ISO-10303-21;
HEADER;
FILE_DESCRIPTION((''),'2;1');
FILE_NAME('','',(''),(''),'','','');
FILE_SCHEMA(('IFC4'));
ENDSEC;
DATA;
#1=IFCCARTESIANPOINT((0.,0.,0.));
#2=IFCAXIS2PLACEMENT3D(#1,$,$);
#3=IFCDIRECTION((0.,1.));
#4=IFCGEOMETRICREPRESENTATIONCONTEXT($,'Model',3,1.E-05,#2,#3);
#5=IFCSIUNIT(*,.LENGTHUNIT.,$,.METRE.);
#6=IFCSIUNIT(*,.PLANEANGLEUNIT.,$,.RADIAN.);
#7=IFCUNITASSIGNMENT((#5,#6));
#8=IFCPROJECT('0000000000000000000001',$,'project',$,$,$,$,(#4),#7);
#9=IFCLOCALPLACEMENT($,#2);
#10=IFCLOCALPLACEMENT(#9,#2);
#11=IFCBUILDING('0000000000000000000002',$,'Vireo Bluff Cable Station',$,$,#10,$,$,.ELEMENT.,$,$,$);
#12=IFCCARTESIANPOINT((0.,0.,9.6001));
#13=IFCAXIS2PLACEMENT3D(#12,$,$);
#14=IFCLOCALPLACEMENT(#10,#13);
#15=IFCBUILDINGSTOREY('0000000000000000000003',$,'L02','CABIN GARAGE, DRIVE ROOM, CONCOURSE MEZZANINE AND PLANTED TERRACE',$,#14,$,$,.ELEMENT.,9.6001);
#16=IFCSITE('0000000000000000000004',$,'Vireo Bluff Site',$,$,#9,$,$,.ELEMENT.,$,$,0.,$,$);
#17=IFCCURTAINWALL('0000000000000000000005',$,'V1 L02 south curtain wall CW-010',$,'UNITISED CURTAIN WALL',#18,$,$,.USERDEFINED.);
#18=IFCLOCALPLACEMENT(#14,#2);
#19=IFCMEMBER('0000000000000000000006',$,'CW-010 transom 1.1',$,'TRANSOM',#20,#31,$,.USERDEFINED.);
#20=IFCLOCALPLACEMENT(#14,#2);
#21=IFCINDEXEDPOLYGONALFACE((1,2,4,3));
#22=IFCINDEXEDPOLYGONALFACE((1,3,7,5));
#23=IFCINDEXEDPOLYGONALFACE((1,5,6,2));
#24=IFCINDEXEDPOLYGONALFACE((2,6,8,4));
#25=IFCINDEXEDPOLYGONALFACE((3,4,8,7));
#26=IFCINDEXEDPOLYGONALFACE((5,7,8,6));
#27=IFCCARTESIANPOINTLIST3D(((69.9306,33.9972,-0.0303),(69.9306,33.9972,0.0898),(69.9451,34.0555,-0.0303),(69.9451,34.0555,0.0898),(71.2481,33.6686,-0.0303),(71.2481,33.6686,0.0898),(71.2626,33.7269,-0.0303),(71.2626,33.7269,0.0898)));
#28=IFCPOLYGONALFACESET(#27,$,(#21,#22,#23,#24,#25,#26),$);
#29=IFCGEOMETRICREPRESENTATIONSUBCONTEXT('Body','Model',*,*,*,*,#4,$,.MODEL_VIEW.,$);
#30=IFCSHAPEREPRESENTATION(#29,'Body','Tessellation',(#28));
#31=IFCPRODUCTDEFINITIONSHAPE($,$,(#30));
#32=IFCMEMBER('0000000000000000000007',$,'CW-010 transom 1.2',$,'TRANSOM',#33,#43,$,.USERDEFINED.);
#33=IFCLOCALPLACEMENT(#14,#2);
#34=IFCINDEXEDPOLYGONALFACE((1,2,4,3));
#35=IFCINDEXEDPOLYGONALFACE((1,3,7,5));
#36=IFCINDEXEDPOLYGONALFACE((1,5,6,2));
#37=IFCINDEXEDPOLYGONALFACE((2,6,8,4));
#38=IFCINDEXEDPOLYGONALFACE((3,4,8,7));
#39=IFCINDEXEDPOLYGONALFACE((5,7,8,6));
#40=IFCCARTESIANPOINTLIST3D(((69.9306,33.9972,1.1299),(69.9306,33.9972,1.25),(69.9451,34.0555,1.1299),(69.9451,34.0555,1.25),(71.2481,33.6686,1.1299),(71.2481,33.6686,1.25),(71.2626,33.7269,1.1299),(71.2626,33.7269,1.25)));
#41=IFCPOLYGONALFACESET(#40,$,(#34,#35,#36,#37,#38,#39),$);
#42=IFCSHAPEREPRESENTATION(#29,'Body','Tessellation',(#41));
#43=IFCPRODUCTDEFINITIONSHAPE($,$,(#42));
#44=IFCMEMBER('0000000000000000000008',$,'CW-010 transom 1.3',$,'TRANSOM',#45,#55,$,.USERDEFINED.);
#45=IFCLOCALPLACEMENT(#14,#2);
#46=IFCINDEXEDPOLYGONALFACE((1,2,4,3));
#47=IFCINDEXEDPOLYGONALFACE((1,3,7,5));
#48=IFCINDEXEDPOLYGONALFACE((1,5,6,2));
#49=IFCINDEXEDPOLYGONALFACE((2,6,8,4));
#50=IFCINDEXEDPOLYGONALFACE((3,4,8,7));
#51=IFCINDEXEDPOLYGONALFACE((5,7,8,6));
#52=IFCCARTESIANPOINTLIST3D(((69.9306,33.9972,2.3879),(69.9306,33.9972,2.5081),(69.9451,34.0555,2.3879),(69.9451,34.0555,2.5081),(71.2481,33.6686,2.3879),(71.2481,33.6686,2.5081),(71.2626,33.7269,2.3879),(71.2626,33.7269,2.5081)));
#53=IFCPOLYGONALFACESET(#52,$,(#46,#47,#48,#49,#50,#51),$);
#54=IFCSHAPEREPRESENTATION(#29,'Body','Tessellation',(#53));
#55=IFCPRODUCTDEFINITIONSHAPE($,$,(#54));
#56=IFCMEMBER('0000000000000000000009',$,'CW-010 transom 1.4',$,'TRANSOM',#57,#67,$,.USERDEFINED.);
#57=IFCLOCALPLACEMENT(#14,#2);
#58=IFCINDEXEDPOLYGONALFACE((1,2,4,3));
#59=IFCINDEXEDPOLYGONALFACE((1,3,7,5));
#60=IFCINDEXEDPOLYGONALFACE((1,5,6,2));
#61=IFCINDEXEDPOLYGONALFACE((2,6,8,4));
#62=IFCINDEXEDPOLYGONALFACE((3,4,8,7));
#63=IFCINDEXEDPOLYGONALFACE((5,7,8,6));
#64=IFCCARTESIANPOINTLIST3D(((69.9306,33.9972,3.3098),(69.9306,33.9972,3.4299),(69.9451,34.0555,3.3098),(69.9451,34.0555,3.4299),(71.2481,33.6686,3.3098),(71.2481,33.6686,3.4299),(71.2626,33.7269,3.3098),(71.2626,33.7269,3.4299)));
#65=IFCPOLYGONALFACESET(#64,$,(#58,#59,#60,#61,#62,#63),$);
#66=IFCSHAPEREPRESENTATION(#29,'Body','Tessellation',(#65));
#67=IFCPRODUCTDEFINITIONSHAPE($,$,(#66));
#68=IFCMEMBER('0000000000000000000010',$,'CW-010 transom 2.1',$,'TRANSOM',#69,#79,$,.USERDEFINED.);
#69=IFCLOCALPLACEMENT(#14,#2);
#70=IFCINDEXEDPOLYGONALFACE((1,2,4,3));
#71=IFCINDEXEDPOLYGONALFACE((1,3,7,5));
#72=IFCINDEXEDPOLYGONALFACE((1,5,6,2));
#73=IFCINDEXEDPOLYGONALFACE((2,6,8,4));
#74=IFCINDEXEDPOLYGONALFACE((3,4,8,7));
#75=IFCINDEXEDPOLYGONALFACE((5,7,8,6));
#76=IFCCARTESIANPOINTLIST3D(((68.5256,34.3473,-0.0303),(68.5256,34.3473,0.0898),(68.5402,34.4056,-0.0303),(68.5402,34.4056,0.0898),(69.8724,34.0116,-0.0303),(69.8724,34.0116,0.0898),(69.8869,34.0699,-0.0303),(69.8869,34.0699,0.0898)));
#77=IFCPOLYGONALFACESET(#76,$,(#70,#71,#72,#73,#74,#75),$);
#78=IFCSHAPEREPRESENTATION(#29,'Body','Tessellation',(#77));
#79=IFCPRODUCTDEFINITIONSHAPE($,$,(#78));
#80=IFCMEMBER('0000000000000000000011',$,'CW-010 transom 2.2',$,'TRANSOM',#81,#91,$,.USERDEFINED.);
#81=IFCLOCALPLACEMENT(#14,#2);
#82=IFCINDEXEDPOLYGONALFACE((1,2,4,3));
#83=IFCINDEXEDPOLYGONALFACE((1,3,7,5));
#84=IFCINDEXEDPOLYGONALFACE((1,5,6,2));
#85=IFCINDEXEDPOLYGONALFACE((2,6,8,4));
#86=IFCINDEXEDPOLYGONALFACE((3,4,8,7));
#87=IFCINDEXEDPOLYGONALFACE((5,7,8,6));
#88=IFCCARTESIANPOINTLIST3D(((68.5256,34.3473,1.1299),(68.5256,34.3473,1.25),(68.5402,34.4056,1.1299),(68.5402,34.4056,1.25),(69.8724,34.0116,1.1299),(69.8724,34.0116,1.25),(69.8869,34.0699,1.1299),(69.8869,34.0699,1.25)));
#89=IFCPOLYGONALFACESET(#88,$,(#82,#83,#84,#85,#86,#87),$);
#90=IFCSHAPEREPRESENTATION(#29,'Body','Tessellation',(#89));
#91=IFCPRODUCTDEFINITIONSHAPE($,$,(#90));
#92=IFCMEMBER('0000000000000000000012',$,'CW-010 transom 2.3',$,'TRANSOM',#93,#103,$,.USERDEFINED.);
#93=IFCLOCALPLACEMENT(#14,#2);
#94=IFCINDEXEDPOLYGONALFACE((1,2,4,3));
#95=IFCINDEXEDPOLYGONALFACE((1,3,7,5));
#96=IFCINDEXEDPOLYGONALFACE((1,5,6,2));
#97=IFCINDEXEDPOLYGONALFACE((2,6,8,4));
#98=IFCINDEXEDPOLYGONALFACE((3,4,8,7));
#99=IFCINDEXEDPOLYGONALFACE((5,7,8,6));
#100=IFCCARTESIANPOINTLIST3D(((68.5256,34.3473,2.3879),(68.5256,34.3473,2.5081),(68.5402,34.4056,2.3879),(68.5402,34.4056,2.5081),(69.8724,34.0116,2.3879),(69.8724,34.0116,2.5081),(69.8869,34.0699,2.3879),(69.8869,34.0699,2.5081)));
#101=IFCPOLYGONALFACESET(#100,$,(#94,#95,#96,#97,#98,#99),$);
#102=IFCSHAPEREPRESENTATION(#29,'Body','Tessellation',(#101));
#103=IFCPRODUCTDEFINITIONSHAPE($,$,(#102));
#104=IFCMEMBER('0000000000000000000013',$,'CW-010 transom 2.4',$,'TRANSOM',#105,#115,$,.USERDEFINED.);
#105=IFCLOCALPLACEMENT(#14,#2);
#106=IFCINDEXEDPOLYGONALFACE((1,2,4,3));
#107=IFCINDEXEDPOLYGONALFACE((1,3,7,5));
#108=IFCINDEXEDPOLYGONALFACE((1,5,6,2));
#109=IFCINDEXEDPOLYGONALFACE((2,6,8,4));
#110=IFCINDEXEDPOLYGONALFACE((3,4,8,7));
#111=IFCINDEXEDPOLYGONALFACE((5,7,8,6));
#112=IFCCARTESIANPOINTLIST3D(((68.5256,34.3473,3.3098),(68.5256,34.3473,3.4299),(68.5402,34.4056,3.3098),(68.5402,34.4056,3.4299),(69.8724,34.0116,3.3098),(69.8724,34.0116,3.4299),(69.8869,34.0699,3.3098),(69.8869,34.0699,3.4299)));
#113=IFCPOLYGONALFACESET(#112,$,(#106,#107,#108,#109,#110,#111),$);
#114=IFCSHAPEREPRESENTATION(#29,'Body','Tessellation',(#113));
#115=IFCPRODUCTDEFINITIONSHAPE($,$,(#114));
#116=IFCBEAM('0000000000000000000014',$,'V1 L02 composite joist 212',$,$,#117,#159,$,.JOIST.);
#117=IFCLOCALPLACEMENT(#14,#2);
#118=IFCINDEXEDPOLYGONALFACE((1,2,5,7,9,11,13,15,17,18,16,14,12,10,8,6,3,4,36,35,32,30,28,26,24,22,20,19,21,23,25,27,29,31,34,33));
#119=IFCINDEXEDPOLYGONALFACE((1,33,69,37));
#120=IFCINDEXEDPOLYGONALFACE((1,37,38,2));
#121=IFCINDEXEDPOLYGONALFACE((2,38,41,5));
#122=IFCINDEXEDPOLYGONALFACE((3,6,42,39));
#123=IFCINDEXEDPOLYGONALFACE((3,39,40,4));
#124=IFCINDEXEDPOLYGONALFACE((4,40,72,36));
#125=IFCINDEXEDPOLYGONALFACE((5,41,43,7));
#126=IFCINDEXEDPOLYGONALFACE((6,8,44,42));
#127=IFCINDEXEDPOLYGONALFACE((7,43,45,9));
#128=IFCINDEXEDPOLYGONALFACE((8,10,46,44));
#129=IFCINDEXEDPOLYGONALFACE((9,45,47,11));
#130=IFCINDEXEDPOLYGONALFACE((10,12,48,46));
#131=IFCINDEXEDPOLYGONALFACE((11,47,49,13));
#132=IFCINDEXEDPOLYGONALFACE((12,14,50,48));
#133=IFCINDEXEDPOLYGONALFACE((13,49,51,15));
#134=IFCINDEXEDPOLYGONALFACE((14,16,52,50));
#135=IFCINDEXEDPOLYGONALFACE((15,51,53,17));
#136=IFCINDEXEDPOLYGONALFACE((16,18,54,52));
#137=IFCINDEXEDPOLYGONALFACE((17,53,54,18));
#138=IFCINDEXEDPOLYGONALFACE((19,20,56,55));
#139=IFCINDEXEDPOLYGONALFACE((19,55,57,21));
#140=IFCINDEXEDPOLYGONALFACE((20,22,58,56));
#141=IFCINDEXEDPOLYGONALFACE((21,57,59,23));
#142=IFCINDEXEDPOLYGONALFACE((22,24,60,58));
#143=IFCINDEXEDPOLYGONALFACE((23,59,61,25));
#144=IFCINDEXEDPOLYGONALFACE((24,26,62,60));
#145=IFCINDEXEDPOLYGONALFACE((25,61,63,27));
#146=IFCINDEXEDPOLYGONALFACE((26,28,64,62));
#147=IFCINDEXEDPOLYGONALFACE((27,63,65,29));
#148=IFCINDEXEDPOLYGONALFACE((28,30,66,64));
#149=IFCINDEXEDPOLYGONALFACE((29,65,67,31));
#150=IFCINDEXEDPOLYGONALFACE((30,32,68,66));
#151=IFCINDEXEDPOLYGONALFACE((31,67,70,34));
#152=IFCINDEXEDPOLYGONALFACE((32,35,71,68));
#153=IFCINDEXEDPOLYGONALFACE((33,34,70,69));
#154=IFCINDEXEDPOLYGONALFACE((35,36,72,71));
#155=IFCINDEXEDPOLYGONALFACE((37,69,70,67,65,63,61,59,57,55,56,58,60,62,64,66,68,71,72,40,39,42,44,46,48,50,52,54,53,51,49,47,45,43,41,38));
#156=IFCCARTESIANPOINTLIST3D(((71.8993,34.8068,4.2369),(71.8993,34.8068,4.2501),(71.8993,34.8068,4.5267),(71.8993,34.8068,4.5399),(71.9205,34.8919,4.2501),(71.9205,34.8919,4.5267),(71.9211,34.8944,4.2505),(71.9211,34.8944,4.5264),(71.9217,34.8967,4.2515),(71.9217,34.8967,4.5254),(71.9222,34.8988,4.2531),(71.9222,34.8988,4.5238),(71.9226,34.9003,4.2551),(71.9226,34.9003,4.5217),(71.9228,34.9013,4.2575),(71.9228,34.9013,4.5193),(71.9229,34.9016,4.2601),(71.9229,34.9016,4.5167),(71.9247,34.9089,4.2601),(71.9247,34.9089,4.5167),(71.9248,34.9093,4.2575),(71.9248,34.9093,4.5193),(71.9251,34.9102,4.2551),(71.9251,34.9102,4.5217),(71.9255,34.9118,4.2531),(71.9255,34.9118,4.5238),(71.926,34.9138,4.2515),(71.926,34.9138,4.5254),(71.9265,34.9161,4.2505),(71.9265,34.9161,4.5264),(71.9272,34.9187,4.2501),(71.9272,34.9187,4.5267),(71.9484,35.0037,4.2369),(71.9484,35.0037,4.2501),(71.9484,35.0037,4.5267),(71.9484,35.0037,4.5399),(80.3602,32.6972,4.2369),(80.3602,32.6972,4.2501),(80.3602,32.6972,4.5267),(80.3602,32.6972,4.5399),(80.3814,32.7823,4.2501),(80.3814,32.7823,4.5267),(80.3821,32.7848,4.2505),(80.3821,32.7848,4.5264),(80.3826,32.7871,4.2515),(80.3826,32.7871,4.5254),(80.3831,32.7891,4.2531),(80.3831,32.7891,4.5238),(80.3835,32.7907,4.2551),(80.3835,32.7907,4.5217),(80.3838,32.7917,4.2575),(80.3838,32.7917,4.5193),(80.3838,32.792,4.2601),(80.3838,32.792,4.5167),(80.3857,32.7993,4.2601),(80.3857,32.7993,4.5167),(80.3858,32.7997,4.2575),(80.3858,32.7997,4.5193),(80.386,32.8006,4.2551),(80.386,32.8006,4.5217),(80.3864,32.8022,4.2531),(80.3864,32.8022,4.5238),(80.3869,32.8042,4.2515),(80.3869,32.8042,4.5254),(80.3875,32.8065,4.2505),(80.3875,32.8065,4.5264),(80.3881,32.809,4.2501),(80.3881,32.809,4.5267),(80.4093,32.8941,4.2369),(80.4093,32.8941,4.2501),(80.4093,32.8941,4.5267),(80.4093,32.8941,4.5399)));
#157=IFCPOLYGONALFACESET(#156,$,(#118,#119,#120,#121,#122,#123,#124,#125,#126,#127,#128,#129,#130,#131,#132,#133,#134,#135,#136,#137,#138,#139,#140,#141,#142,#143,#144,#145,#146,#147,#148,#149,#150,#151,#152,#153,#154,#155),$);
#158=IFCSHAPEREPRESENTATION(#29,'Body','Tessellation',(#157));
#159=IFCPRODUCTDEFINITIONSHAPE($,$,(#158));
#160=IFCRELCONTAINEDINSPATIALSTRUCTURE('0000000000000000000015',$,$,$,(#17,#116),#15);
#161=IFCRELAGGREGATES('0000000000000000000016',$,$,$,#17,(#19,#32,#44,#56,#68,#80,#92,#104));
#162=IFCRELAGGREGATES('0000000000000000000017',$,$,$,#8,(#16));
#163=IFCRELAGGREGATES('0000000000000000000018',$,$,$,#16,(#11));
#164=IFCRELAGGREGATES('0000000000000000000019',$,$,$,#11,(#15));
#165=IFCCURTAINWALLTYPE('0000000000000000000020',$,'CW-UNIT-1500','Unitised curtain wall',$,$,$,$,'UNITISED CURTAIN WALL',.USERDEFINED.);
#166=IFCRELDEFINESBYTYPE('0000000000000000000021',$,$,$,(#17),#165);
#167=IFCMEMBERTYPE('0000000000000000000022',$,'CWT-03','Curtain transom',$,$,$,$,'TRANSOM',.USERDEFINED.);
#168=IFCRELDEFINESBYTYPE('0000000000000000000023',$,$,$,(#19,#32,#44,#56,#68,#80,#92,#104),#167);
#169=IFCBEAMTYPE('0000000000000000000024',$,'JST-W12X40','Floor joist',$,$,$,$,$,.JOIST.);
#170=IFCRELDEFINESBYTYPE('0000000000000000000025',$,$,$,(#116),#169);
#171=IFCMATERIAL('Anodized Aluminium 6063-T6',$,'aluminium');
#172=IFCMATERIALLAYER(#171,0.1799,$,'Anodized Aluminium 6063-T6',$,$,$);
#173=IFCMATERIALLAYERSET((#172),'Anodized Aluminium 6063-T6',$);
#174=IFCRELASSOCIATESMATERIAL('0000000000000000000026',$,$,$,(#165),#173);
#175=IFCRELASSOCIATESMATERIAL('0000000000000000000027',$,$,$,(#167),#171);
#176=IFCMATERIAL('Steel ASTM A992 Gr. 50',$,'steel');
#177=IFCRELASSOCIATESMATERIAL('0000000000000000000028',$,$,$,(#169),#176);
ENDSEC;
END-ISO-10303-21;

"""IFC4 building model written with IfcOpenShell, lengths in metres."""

from ifc_helpers import new_model, si_unit, direction, frame, origin, origin_2d, place, context, subcontext, project, spatial, rectangle, i_section, extrude, material, layer, layer_set, material_profile, profile_set, type_object, element, aggregate, save


model = new_model("IFC4")

# Units and contexts
model_context = context("Model", 3, precision=1e-05, world=origin(), true_north=direction((0.0, 1.0)))
body_context = subcontext(model_context, "Body", "Model", "MODEL_VIEW")
ifc_project = project(units=[si_unit("LENGTHUNIT", "METRE"), si_unit("PLANEANGLEUNIT", "RADIAN")], contexts=[model_context])

# Site, building, storey
site_placement = place(None, origin())
site = spatial("IfcSite", under=ifc_project, at=site_placement, Name="Vireo Bluff Site", CompositionType="ELEMENT", RefElevation=0.0)
building_placement = place(site_placement, origin())
building = spatial("IfcBuilding", under=site, at=building_placement, Name="Vireo Bluff Cable Station", CompositionType="ELEMENT")
storey_placement = place(building_placement, frame((0.0, 0.0, 9.6001)))
storey = spatial("IfcBuildingStorey", under=building, at=storey_placement, Name="L02", Description="CABIN GARAGE, DRIVE ROOM, CONCOURSE MEZZANINE AND PLANTED TERRACE", CompositionType="ELEMENT", Elevation=9.6001)

# Shared definitions
ifc_material_1 = material(Name="Steel ASTM A992 Gr. 50", Category="steel")

# Curtain wall, members
ifc_material_2 = material(Name="Anodized Aluminium 6063-T6", Category="aluminium")
ifc_layer_1 = layer(ifc_material_2, 0.1799, Name="Anodized Aluminium 6063-T6")
ifc_layer_set_1 = layer_set([ifc_layer_1], Name="Anodized Aluminium 6063-T6")
curtain_wall_type = type_object("IfcCurtainWallType", Name="CW-UNIT-1500", Description="Unitised curtain wall", ElementType="UNITISED CURTAIN WALL", PredefinedType="USERDEFINED", material=ifc_layer_set_1)
curtain_wall_placement = place(storey_placement, origin())
curtain_wall = element("IfcCurtainWall", 1, at=curtain_wall_placement, inside=storey, type_object=curtain_wall_type, Name="V1 L02 south curtain wall CW-010", ObjectType="UNITISED CURTAIN WALL", PredefinedType="USERDEFINED")
ifc_material_profile_1 = material_profile(ifc_material_2, rectangle(XDim=0.0601, YDim=0.1201, at=origin_2d()), Name="ALU-T-60X120")
ifc_profile_set_1 = profile_set([ifc_material_profile_1], Name="Anodized Aluminium 6063-T6")
member_type_1 = type_object("IfcMemberType", Name="CWT-03", Description="Curtain transom", ElementType="TRANSOM", PredefinedType="USERDEFINED", material=ifc_profile_set_1)
member_1_placement = place(storey_placement, frame((71.2554, 33.6978, 0.0298), z_axis=(-0.97028, 0.241986, 0.0), x_axis=(-0.241986, -0.97028, 0.0)))
member_1 = element("IfcMember", 2, at=member_1_placement, type_object=member_type_1, Name="CW-010 transom 1.1", ObjectType="TRANSOM", PredefinedType="USERDEFINED", context=body_context, shape_type="SweptSolid", body=[
    extrude(rectangle(XDim=0.0601, YDim=0.1201, at=origin_2d()), origin(), (0.0, 0.0, 1.0), 1.3579),
])
member_2_placement = place(storey_placement, frame((71.2554, 33.6978, 1.1899), z_axis=(-0.97028, 0.241986, 0.0), x_axis=(-0.241986, -0.97028, 0.0)))
member_2 = element("IfcMember", 3, at=member_2_placement, type_object=member_type_1, Name="CW-010 transom 1.2", ObjectType="TRANSOM", PredefinedType="USERDEFINED", context=body_context, shape_type="SweptSolid", body=[
    extrude(rectangle(XDim=0.0601, YDim=0.1201, at=origin_2d()), origin(), (0.0, 0.0, 1.0), 1.3579),
])
member_3_placement = place(storey_placement, frame((71.2554, 33.6978, 2.448), z_axis=(-0.97028, 0.241986, 0.0), x_axis=(-0.241986, -0.97028, 0.0)))
member_3 = element("IfcMember", 4, at=member_3_placement, type_object=member_type_1, Name="CW-010 transom 1.3", ObjectType="TRANSOM", PredefinedType="USERDEFINED", context=body_context, shape_type="SweptSolid", body=[
    extrude(rectangle(XDim=0.0601, YDim=0.1201, at=origin_2d()), origin(), (0.0, 0.0, 1.0), 1.3579),
])
member_4_placement = place(storey_placement, frame((71.2554, 33.6978, 3.3699), z_axis=(-0.97028, 0.241986, 0.0), x_axis=(-0.241986, -0.97028, 0.0)))
member_4 = element("IfcMember", 5, at=member_4_placement, type_object=member_type_1, Name="CW-010 transom 1.4", ObjectType="TRANSOM", PredefinedType="USERDEFINED", context=body_context, shape_type="SweptSolid", body=[
    extrude(rectangle(XDim=0.0601, YDim=0.1201, at=origin_2d()), origin(), (0.0, 0.0, 1.0), 1.3579),
])
member_5_placement = place(storey_placement, frame((69.8796, 34.0408, 0.0298), z_axis=(-0.970308, 0.241873, 0.0), x_axis=(-0.241873, -0.970308, 0.0)))
member_5 = element("IfcMember", 6, at=member_5_placement, type_object=member_type_1, Name="CW-010 transom 2.1", ObjectType="TRANSOM", PredefinedType="USERDEFINED", context=body_context, shape_type="SweptSolid", body=[
    extrude(rectangle(XDim=0.0601, YDim=0.1201, at=origin_2d()), origin(), (0.0, 0.0, 1.0), 1.3879),
])
member_6_placement = place(storey_placement, frame((69.8796, 34.0408, 1.1899), z_axis=(-0.970308, 0.241873, 0.0), x_axis=(-0.241873, -0.970308, 0.0)))
member_6 = element("IfcMember", 7, at=member_6_placement, type_object=member_type_1, Name="CW-010 transom 2.2", ObjectType="TRANSOM", PredefinedType="USERDEFINED", context=body_context, shape_type="SweptSolid", body=[
    extrude(rectangle(XDim=0.0601, YDim=0.1201, at=origin_2d()), origin(), (0.0, 0.0, 1.0), 1.3879),
])
member_7_placement = place(storey_placement, frame((69.8796, 34.0408, 2.448), z_axis=(-0.970308, 0.241873, 0.0), x_axis=(-0.241873, -0.970308, 0.0)))
member_7 = element("IfcMember", 8, at=member_7_placement, type_object=member_type_1, Name="CW-010 transom 2.3", ObjectType="TRANSOM", PredefinedType="USERDEFINED", context=body_context, shape_type="SweptSolid", body=[
    extrude(rectangle(XDim=0.0601, YDim=0.1201, at=origin_2d()), origin(), (0.0, 0.0, 1.0), 1.3879),
])
member_8_placement = place(storey_placement, frame((69.8796, 34.0408, 3.3699), z_axis=(-0.970308, 0.241873, 0.0), x_axis=(-0.241873, -0.970308, 0.0)))
member_8 = element("IfcMember", 9, at=member_8_placement, type_object=member_type_1, Name="CW-010 transom 2.4", ObjectType="TRANSOM", PredefinedType="USERDEFINED", context=body_context, shape_type="SweptSolid", body=[
    extrude(rectangle(XDim=0.0601, YDim=0.1201, at=origin_2d()), origin(), (0.0, 0.0, 1.0), 1.3879),
])

# Beam
ifc_material_profile_2 = material_profile(ifc_material_1, i_section(OverallWidth=0.2029, OverallDepth=0.303, WebThickness=0.0076, FlangeThickness=0.0132, FilletRadius=0.01, at=origin_2d()), Name="W12X40")
ifc_profile_set_2 = profile_set([ifc_material_profile_2], Name="Steel ASTM A992 Gr. 50")
beam_type_1 = type_object("IfcBeamType", Name="JST-W12X40", Description="Floor joist", PredefinedType="JOIST", material=ifc_profile_set_2)
beam_1_placement = place(storey_placement, frame((71.9238, 34.9053, 4.3884), z_axis=(0.970294, -0.24193, 0.0), x_axis=(0.24193, 0.970294, 0.0)))
element("IfcBeam", 10, at=beam_1_placement, inside=storey, type_object=beam_type_1, Name="V1 L02 composite joist 212", PredefinedType="JOIST", context=body_context, shape_type="SweptSolid", body=[
    extrude(i_section(OverallWidth=0.2029, OverallDepth=0.303, WebThickness=0.0076, FlangeThickness=0.0132, FilletRadius=0.01, at=origin_2d()), origin(), (0.0, 0.0, 1.0), 8.72),
])

aggregate(curtain_wall, [member_1, member_2, member_3, member_4, member_5, member_6, member_7, member_8])

save(model, "model.ifc")
